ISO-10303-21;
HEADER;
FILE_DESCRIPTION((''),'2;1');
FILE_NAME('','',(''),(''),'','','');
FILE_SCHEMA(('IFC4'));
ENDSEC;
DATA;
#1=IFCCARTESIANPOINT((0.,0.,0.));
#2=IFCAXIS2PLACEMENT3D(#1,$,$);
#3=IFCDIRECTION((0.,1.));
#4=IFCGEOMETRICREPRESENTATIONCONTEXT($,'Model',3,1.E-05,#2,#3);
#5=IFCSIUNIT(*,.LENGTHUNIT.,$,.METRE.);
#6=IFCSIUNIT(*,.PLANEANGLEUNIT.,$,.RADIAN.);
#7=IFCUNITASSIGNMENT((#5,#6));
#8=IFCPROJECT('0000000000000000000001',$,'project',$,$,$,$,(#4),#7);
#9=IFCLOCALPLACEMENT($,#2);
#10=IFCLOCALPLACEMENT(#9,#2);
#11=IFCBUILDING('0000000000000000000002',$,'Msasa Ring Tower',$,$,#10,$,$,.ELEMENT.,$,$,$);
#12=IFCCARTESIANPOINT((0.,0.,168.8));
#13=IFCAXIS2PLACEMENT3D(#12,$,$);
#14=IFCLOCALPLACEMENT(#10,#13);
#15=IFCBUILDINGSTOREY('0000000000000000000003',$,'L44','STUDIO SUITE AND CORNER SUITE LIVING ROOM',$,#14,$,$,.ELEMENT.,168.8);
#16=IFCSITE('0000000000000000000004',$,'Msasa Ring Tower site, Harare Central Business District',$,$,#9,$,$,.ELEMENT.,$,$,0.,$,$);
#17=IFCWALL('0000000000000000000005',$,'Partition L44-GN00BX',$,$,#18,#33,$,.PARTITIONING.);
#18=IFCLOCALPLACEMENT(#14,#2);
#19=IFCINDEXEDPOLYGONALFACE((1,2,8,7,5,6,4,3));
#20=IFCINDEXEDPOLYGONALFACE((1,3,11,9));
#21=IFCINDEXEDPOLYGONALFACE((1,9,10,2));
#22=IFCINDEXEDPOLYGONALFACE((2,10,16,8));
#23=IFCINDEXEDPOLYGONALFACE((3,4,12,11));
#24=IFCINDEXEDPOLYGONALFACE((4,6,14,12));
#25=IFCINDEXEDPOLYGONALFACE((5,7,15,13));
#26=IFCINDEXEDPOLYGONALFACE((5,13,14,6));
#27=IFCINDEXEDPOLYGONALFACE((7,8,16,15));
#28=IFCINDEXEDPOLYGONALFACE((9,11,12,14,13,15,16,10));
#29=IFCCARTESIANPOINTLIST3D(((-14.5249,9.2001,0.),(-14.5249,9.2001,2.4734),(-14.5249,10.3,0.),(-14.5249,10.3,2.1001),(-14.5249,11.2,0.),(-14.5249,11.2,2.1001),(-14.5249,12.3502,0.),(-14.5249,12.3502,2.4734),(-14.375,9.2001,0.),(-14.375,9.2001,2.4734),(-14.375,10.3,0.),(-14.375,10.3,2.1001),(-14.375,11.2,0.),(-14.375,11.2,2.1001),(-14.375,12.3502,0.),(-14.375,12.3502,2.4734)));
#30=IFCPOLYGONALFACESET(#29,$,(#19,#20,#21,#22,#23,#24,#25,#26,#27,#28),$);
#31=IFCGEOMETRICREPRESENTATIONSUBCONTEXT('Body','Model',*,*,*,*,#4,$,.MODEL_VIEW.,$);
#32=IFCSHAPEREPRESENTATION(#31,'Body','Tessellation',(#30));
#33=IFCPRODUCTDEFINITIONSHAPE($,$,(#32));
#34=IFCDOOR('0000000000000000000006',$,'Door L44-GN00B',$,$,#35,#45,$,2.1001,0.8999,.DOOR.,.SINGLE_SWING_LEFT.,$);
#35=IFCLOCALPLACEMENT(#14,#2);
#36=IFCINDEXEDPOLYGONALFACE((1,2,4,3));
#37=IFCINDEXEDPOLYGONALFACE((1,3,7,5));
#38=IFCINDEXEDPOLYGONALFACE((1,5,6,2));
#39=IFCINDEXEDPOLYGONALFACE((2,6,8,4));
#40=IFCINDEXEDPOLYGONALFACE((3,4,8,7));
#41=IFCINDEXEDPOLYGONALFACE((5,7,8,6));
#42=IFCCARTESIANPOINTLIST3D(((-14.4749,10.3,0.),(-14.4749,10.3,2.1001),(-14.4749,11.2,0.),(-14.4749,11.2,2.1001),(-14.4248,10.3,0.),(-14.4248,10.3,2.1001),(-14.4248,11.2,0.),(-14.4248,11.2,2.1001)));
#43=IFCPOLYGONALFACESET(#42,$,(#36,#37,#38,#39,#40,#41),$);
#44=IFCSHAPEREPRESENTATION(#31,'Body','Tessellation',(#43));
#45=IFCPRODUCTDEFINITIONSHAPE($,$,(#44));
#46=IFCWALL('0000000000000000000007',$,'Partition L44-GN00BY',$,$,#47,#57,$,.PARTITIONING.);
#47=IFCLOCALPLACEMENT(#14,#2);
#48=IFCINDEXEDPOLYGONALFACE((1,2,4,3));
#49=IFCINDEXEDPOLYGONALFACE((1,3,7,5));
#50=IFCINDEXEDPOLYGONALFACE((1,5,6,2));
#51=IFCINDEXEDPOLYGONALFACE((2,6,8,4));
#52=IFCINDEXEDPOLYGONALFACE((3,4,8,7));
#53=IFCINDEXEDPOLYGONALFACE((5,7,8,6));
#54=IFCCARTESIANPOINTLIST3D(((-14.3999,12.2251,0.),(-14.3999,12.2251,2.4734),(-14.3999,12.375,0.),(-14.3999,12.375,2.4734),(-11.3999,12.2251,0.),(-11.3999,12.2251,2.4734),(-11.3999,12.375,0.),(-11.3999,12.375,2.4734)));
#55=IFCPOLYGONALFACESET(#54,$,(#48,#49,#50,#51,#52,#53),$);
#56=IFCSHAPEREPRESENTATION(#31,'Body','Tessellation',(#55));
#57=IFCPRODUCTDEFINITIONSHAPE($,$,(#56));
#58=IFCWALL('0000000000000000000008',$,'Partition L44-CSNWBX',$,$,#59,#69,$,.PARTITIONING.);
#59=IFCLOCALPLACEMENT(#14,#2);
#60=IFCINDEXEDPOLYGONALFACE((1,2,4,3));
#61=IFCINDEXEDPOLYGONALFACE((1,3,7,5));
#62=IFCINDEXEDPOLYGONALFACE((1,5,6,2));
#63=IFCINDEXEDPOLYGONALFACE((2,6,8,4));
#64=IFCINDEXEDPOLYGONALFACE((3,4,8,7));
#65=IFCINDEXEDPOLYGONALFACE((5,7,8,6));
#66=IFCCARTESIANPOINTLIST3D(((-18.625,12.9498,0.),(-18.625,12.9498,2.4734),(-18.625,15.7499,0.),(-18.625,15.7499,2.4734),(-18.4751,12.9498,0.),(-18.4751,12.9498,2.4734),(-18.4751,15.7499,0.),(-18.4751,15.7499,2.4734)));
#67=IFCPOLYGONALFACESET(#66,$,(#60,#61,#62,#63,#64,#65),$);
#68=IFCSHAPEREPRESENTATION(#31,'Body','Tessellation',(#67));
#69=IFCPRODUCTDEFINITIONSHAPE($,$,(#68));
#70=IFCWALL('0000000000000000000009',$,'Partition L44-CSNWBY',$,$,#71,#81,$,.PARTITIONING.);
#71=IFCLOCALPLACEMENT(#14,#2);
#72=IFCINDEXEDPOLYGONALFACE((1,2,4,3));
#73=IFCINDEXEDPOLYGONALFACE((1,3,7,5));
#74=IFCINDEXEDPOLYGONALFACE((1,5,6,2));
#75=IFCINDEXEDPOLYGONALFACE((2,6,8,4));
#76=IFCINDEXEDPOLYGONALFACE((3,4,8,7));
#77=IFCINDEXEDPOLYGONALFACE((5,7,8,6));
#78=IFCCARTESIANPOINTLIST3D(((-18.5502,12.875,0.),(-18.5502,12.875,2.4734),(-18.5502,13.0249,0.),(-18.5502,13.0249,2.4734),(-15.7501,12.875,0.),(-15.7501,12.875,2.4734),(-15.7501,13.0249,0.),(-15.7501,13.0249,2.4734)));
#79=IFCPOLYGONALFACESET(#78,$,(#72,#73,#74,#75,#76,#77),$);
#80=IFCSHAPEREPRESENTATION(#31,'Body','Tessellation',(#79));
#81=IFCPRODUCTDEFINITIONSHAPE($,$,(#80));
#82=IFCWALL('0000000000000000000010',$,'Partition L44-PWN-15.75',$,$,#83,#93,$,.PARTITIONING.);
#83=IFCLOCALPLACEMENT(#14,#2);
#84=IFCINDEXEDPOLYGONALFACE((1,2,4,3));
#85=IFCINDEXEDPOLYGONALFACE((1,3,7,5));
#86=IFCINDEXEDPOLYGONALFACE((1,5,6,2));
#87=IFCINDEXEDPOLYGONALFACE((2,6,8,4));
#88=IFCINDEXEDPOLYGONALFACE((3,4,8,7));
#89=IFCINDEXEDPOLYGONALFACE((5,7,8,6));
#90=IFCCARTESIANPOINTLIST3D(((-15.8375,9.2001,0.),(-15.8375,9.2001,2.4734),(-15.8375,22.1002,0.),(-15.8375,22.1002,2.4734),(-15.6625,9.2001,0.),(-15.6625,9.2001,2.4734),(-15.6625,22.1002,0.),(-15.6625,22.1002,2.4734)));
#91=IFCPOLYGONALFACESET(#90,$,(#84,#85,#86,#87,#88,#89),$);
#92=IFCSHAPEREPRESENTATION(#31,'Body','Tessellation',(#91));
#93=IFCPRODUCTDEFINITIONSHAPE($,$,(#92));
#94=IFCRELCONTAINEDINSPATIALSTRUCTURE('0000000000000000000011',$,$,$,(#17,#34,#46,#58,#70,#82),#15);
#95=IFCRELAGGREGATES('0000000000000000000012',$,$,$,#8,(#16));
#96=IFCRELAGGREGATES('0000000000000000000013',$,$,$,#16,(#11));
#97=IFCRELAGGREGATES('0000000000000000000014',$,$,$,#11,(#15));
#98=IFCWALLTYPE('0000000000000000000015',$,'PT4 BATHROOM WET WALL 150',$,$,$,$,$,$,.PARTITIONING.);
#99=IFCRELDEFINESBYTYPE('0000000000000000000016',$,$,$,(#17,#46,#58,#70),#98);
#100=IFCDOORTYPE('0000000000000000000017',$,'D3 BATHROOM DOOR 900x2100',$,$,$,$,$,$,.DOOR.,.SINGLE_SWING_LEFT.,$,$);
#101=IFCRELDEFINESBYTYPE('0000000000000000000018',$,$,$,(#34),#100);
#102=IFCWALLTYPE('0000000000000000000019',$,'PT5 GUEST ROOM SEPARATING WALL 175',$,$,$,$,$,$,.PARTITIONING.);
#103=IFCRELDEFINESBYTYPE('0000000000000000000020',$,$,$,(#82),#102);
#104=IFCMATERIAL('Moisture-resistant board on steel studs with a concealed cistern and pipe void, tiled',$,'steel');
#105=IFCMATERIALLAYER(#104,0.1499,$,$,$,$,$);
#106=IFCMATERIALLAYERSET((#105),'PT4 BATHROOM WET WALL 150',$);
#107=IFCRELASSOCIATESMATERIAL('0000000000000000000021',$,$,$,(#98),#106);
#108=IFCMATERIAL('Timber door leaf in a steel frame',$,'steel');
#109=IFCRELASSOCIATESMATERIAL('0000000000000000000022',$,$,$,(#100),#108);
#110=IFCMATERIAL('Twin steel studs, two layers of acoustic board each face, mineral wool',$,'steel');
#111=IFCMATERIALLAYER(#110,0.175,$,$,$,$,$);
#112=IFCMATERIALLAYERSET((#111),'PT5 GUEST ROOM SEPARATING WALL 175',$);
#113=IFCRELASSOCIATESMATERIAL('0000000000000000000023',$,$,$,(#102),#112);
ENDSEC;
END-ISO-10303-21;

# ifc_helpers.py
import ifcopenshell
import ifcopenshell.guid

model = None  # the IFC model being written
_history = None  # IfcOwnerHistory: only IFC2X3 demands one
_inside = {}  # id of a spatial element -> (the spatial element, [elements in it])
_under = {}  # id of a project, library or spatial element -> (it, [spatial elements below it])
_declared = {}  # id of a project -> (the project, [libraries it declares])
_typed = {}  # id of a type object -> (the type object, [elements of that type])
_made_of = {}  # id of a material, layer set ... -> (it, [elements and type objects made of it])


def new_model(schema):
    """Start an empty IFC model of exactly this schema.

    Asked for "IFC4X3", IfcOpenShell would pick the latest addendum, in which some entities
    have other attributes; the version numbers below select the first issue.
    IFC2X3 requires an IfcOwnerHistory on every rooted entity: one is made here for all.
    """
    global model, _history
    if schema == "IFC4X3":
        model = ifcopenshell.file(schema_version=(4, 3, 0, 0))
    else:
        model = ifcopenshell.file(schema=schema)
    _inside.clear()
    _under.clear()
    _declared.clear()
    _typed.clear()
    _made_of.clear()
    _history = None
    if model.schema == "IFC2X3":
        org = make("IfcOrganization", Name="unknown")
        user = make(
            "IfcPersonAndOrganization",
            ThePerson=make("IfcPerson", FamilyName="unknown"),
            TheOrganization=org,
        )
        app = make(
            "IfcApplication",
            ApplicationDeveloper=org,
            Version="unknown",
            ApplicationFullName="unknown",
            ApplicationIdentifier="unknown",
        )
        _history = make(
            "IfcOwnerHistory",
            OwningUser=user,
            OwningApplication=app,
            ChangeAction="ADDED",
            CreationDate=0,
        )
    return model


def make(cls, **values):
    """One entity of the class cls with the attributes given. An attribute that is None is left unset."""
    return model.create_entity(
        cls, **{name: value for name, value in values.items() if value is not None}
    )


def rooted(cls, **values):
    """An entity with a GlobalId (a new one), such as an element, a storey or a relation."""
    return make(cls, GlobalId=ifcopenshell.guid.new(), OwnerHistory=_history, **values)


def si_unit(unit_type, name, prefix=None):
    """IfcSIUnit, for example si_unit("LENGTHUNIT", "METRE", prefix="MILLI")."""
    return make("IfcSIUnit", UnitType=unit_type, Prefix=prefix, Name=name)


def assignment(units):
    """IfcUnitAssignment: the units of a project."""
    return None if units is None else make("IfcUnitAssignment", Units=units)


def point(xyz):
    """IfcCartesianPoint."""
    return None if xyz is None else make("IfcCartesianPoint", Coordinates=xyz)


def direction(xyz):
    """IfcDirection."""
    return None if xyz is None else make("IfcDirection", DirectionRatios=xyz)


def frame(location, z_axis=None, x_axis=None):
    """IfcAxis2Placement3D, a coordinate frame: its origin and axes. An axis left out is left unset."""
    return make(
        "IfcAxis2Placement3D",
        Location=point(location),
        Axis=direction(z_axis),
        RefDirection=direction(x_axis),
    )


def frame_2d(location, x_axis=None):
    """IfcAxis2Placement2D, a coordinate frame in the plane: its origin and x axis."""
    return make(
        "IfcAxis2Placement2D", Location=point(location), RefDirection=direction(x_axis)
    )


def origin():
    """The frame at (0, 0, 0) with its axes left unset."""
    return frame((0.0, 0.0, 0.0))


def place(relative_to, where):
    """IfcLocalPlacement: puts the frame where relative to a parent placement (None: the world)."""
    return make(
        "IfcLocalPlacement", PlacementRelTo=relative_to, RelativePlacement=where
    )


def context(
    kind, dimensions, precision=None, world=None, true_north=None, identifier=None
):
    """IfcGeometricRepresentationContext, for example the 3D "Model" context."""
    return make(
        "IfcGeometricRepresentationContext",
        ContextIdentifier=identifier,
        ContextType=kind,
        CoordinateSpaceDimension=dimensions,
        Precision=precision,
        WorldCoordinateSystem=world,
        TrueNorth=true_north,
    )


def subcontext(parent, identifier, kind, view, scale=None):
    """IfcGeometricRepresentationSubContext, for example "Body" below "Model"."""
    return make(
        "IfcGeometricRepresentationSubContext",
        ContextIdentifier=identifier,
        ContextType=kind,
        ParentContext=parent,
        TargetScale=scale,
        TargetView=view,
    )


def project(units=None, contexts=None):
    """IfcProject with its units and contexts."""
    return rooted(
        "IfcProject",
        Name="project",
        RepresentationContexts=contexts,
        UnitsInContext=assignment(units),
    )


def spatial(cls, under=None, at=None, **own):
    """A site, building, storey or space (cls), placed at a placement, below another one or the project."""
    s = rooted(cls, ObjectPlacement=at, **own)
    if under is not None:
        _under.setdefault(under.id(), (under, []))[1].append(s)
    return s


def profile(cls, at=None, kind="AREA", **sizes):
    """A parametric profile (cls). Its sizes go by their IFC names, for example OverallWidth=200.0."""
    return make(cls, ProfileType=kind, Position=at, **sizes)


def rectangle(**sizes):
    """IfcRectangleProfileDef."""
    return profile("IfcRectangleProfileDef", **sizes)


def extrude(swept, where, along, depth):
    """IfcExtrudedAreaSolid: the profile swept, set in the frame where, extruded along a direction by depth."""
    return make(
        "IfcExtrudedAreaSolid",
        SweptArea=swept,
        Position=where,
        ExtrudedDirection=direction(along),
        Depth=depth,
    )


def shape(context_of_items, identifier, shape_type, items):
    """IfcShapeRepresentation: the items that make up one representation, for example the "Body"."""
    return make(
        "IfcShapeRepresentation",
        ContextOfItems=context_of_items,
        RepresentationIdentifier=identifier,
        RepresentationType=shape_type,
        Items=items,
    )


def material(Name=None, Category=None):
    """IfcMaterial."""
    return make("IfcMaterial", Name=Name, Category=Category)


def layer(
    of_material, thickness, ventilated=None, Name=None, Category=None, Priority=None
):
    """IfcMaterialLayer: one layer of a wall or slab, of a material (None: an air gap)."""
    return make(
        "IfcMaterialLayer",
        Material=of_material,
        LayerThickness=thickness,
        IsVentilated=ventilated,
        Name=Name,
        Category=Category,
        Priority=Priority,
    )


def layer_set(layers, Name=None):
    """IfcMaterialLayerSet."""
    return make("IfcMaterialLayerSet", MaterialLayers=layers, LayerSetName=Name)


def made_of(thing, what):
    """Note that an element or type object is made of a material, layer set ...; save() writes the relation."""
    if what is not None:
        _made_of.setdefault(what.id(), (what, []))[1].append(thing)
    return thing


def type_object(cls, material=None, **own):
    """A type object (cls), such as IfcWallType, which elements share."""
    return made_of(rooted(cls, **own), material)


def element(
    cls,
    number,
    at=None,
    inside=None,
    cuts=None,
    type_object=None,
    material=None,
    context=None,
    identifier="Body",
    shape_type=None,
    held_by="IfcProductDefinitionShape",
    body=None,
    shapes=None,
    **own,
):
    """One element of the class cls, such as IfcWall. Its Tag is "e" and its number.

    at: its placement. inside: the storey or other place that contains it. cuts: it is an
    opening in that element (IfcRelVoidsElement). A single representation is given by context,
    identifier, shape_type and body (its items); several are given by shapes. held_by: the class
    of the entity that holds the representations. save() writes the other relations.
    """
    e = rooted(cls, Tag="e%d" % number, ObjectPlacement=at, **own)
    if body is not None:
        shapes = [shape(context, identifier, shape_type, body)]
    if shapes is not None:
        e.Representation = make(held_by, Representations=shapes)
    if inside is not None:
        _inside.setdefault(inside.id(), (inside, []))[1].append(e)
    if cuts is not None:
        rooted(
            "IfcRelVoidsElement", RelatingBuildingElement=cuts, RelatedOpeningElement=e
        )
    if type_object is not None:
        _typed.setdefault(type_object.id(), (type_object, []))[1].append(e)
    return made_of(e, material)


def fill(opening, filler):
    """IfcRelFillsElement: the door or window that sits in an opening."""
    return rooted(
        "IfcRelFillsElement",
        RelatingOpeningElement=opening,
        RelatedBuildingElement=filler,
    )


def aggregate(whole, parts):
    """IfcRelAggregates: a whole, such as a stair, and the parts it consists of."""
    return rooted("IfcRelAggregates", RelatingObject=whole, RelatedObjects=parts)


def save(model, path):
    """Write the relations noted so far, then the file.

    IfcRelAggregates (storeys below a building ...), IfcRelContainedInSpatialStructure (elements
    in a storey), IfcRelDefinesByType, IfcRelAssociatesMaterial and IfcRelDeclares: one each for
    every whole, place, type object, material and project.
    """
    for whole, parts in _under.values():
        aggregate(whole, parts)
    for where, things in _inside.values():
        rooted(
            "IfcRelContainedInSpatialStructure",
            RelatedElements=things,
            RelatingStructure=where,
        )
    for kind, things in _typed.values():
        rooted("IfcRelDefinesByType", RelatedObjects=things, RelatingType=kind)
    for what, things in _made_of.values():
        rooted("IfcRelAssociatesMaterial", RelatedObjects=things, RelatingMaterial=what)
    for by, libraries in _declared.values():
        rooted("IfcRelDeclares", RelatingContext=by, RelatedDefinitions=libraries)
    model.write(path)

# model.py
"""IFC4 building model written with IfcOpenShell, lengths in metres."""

from ifc_helpers import new_model, si_unit, direction, frame, frame_2d, origin, place, context, subcontext, project, spatial, rectangle, extrude, material, layer, layer_set, type_object, element, fill, save


model = new_model("IFC4")

# Units and contexts
model_context = context("Model", 3, precision=1e-05, world=origin(), true_north=direction((0.0, 1.0)))
body_context = subcontext(model_context, "Body", "Model", "MODEL_VIEW")
ifc_project = project(units=[si_unit("LENGTHUNIT", "METRE"), si_unit("PLANEANGLEUNIT", "RADIAN")], contexts=[model_context])

# Site, building, storey
site_placement = place(None, origin())
site = spatial("IfcSite", under=ifc_project, at=site_placement, Name="Msasa Ring Tower site, Harare Central Business District", CompositionType="ELEMENT", RefElevation=0.0)
building_placement = place(site_placement, origin())
building = spatial("IfcBuilding", under=site, at=building_placement, Name="Msasa Ring Tower", CompositionType="ELEMENT")
storey_placement = place(building_placement, frame((0.0, 0.0, 168.8)))
storey = spatial("IfcBuildingStorey", under=building, at=storey_placement, Name="L44", Description="STUDIO SUITE AND CORNER SUITE LIVING ROOM", CompositionType="ELEMENT", Elevation=168.8)

# Wall, opening, door
ifc_material_1 = material(Name="Moisture-resistant board on steel studs with a concealed cistern and pipe void, tiled", Category="steel")
ifc_layer_1 = layer(ifc_material_1, 0.1499)
ifc_layer_set_1 = layer_set([ifc_layer_1], Name="PT4 BATHROOM WET WALL 150")
wall_type_1 = type_object("IfcWallType", Name="PT4 BATHROOM WET WALL 150", PredefinedType="PARTITIONING", material=ifc_layer_set_1)
wall_1_placement = place(storey_placement, frame((-14.45, 9.2, 0.0), z_axis=(0.0, 0.0, 1.0), x_axis=(0.0, 1.0, 0.0)))
wall_1 = element("IfcWall", 1, at=wall_1_placement, inside=storey, type_object=wall_type_1, Name="Partition L44-GN00BX", PredefinedType="PARTITIONING", context=body_context, shape_type="SweptSolid", body=[
    extrude(rectangle(XDim=3.1501, YDim=0.1499, at=frame_2d((1.5752, 0.0))), origin(), (0.0, 0.0, 1.0), 2.4734),
])
opening_1_placement = place(wall_1_placement, frame((1.1001, 0.0, 0.0)))
opening_1 = element("IfcOpeningElement", 2, at=opening_1_placement, cuts=wall_1, PredefinedType="OPENING", context=body_context, shape_type="SweptSolid", body=[
    extrude(rectangle(XDim=0.8999, YDim=2.1001, at=frame_2d((0.45, 1.05))), frame((0.0, 0.085, 0.0), z_axis=(0.0, -1.0, 0.0), x_axis=(1.0, 0.0, 0.0)), (0.0, 0.0, 1.0), 0.1699),
])
ifc_material_2 = material(Name="Timber door leaf in a steel frame", Category="steel")
door_type_1 = type_object("IfcDoorType", Name="D3 BATHROOM DOOR 900x2100", OperationType="SINGLE_SWING_LEFT", PredefinedType="DOOR", material=ifc_material_2)
door_1_placement = place(opening_1_placement, origin())
door_1 = element("IfcDoor", 3, at=door_1_placement, inside=storey, type_object=door_type_1, Name="Door L44-GN00B", OperationType="SINGLE_SWING_LEFT", OverallHeight=2.1001, OverallWidth=0.8999, PredefinedType="DOOR", context=body_context, shape_type="SweptSolid", body=[
    extrude(rectangle(XDim=0.8999, YDim=2.1001, at=frame_2d((0.45, 1.05))), frame((0.0, 0.0249, 0.0), z_axis=(0.0, -1.0, 0.0), x_axis=(1.0, 0.0, 0.0)), (0.0, 0.0, 1.0), 0.05),
])
fill(opening_1, door_1)

# Walls
wall_2_placement = place(storey_placement, frame((-14.3999, 12.3, 0.0), z_axis=(0.0, 0.0, 1.0), x_axis=(1.0, 0.0, 0.0)))
element("IfcWall", 4, at=wall_2_placement, inside=storey, type_object=wall_type_1, Name="Partition L44-GN00BY", PredefinedType="PARTITIONING", context=body_context, shape_type="SweptSolid", body=[
    extrude(rectangle(XDim=3.0, YDim=0.1499, at=frame_2d((1.5, 0.0))), origin(), (0.0, 0.0, 1.0), 2.4734),
])
for number, where, z_axis, x_axis, name in (
    (5, (-18.55, 12.95, 0.0), (0.0, 0.0, 1.0), (0.0, 1.0, 0.0), "Partition L44-CSNWBX"),
    (6, (-18.55, 12.95, 0.0), (0.0, 0.0, 1.0), (1.0, 0.0, 0.0), "Partition L44-CSNWBY"),
):
    element("IfcWall", number, at=place(storey_placement, frame(where, z_axis=z_axis, x_axis=x_axis)), inside=storey, type_object=wall_type_1, Name=name, PredefinedType="PARTITIONING", context=body_context, shape_type="SweptSolid", body=[
        extrude(rectangle(XDim=2.8, YDim=0.1499, at=frame_2d((1.3999, 0.0))), origin(), (0.0, 0.0, 1.0), 2.4734),
    ])
ifc_material_3 = material(Name="Twin steel studs, two layers of acoustic board each face, mineral wool", Category="steel")
ifc_layer_2 = layer(ifc_material_3, 0.175)
ifc_layer_set_2 = layer_set([ifc_layer_2], Name="PT5 GUEST ROOM SEPARATING WALL 175")
wall_type_2 = type_object("IfcWallType", Name="PT5 GUEST ROOM SEPARATING WALL 175", PredefinedType="PARTITIONING", material=ifc_layer_set_2)
wall_3_placement = place(storey_placement, frame((-15.75, 9.2, 0.0), z_axis=(0.0, 0.0, 1.0), x_axis=(0.0, 1.0, 0.0)))
element("IfcWall", 7, at=wall_3_placement, inside=storey, type_object=wall_type_2, Name="Partition L44-PWN-15.75", PredefinedType="PARTITIONING", context=body_context, shape_type="SweptSolid", body=[
    extrude(rectangle(XDim=12.9001, YDim=0.175, at=frame_2d((6.4502, 0.0))), origin(), (0.0, 0.0, 1.0), 2.4734),
])

save(model, "model.ifc")
